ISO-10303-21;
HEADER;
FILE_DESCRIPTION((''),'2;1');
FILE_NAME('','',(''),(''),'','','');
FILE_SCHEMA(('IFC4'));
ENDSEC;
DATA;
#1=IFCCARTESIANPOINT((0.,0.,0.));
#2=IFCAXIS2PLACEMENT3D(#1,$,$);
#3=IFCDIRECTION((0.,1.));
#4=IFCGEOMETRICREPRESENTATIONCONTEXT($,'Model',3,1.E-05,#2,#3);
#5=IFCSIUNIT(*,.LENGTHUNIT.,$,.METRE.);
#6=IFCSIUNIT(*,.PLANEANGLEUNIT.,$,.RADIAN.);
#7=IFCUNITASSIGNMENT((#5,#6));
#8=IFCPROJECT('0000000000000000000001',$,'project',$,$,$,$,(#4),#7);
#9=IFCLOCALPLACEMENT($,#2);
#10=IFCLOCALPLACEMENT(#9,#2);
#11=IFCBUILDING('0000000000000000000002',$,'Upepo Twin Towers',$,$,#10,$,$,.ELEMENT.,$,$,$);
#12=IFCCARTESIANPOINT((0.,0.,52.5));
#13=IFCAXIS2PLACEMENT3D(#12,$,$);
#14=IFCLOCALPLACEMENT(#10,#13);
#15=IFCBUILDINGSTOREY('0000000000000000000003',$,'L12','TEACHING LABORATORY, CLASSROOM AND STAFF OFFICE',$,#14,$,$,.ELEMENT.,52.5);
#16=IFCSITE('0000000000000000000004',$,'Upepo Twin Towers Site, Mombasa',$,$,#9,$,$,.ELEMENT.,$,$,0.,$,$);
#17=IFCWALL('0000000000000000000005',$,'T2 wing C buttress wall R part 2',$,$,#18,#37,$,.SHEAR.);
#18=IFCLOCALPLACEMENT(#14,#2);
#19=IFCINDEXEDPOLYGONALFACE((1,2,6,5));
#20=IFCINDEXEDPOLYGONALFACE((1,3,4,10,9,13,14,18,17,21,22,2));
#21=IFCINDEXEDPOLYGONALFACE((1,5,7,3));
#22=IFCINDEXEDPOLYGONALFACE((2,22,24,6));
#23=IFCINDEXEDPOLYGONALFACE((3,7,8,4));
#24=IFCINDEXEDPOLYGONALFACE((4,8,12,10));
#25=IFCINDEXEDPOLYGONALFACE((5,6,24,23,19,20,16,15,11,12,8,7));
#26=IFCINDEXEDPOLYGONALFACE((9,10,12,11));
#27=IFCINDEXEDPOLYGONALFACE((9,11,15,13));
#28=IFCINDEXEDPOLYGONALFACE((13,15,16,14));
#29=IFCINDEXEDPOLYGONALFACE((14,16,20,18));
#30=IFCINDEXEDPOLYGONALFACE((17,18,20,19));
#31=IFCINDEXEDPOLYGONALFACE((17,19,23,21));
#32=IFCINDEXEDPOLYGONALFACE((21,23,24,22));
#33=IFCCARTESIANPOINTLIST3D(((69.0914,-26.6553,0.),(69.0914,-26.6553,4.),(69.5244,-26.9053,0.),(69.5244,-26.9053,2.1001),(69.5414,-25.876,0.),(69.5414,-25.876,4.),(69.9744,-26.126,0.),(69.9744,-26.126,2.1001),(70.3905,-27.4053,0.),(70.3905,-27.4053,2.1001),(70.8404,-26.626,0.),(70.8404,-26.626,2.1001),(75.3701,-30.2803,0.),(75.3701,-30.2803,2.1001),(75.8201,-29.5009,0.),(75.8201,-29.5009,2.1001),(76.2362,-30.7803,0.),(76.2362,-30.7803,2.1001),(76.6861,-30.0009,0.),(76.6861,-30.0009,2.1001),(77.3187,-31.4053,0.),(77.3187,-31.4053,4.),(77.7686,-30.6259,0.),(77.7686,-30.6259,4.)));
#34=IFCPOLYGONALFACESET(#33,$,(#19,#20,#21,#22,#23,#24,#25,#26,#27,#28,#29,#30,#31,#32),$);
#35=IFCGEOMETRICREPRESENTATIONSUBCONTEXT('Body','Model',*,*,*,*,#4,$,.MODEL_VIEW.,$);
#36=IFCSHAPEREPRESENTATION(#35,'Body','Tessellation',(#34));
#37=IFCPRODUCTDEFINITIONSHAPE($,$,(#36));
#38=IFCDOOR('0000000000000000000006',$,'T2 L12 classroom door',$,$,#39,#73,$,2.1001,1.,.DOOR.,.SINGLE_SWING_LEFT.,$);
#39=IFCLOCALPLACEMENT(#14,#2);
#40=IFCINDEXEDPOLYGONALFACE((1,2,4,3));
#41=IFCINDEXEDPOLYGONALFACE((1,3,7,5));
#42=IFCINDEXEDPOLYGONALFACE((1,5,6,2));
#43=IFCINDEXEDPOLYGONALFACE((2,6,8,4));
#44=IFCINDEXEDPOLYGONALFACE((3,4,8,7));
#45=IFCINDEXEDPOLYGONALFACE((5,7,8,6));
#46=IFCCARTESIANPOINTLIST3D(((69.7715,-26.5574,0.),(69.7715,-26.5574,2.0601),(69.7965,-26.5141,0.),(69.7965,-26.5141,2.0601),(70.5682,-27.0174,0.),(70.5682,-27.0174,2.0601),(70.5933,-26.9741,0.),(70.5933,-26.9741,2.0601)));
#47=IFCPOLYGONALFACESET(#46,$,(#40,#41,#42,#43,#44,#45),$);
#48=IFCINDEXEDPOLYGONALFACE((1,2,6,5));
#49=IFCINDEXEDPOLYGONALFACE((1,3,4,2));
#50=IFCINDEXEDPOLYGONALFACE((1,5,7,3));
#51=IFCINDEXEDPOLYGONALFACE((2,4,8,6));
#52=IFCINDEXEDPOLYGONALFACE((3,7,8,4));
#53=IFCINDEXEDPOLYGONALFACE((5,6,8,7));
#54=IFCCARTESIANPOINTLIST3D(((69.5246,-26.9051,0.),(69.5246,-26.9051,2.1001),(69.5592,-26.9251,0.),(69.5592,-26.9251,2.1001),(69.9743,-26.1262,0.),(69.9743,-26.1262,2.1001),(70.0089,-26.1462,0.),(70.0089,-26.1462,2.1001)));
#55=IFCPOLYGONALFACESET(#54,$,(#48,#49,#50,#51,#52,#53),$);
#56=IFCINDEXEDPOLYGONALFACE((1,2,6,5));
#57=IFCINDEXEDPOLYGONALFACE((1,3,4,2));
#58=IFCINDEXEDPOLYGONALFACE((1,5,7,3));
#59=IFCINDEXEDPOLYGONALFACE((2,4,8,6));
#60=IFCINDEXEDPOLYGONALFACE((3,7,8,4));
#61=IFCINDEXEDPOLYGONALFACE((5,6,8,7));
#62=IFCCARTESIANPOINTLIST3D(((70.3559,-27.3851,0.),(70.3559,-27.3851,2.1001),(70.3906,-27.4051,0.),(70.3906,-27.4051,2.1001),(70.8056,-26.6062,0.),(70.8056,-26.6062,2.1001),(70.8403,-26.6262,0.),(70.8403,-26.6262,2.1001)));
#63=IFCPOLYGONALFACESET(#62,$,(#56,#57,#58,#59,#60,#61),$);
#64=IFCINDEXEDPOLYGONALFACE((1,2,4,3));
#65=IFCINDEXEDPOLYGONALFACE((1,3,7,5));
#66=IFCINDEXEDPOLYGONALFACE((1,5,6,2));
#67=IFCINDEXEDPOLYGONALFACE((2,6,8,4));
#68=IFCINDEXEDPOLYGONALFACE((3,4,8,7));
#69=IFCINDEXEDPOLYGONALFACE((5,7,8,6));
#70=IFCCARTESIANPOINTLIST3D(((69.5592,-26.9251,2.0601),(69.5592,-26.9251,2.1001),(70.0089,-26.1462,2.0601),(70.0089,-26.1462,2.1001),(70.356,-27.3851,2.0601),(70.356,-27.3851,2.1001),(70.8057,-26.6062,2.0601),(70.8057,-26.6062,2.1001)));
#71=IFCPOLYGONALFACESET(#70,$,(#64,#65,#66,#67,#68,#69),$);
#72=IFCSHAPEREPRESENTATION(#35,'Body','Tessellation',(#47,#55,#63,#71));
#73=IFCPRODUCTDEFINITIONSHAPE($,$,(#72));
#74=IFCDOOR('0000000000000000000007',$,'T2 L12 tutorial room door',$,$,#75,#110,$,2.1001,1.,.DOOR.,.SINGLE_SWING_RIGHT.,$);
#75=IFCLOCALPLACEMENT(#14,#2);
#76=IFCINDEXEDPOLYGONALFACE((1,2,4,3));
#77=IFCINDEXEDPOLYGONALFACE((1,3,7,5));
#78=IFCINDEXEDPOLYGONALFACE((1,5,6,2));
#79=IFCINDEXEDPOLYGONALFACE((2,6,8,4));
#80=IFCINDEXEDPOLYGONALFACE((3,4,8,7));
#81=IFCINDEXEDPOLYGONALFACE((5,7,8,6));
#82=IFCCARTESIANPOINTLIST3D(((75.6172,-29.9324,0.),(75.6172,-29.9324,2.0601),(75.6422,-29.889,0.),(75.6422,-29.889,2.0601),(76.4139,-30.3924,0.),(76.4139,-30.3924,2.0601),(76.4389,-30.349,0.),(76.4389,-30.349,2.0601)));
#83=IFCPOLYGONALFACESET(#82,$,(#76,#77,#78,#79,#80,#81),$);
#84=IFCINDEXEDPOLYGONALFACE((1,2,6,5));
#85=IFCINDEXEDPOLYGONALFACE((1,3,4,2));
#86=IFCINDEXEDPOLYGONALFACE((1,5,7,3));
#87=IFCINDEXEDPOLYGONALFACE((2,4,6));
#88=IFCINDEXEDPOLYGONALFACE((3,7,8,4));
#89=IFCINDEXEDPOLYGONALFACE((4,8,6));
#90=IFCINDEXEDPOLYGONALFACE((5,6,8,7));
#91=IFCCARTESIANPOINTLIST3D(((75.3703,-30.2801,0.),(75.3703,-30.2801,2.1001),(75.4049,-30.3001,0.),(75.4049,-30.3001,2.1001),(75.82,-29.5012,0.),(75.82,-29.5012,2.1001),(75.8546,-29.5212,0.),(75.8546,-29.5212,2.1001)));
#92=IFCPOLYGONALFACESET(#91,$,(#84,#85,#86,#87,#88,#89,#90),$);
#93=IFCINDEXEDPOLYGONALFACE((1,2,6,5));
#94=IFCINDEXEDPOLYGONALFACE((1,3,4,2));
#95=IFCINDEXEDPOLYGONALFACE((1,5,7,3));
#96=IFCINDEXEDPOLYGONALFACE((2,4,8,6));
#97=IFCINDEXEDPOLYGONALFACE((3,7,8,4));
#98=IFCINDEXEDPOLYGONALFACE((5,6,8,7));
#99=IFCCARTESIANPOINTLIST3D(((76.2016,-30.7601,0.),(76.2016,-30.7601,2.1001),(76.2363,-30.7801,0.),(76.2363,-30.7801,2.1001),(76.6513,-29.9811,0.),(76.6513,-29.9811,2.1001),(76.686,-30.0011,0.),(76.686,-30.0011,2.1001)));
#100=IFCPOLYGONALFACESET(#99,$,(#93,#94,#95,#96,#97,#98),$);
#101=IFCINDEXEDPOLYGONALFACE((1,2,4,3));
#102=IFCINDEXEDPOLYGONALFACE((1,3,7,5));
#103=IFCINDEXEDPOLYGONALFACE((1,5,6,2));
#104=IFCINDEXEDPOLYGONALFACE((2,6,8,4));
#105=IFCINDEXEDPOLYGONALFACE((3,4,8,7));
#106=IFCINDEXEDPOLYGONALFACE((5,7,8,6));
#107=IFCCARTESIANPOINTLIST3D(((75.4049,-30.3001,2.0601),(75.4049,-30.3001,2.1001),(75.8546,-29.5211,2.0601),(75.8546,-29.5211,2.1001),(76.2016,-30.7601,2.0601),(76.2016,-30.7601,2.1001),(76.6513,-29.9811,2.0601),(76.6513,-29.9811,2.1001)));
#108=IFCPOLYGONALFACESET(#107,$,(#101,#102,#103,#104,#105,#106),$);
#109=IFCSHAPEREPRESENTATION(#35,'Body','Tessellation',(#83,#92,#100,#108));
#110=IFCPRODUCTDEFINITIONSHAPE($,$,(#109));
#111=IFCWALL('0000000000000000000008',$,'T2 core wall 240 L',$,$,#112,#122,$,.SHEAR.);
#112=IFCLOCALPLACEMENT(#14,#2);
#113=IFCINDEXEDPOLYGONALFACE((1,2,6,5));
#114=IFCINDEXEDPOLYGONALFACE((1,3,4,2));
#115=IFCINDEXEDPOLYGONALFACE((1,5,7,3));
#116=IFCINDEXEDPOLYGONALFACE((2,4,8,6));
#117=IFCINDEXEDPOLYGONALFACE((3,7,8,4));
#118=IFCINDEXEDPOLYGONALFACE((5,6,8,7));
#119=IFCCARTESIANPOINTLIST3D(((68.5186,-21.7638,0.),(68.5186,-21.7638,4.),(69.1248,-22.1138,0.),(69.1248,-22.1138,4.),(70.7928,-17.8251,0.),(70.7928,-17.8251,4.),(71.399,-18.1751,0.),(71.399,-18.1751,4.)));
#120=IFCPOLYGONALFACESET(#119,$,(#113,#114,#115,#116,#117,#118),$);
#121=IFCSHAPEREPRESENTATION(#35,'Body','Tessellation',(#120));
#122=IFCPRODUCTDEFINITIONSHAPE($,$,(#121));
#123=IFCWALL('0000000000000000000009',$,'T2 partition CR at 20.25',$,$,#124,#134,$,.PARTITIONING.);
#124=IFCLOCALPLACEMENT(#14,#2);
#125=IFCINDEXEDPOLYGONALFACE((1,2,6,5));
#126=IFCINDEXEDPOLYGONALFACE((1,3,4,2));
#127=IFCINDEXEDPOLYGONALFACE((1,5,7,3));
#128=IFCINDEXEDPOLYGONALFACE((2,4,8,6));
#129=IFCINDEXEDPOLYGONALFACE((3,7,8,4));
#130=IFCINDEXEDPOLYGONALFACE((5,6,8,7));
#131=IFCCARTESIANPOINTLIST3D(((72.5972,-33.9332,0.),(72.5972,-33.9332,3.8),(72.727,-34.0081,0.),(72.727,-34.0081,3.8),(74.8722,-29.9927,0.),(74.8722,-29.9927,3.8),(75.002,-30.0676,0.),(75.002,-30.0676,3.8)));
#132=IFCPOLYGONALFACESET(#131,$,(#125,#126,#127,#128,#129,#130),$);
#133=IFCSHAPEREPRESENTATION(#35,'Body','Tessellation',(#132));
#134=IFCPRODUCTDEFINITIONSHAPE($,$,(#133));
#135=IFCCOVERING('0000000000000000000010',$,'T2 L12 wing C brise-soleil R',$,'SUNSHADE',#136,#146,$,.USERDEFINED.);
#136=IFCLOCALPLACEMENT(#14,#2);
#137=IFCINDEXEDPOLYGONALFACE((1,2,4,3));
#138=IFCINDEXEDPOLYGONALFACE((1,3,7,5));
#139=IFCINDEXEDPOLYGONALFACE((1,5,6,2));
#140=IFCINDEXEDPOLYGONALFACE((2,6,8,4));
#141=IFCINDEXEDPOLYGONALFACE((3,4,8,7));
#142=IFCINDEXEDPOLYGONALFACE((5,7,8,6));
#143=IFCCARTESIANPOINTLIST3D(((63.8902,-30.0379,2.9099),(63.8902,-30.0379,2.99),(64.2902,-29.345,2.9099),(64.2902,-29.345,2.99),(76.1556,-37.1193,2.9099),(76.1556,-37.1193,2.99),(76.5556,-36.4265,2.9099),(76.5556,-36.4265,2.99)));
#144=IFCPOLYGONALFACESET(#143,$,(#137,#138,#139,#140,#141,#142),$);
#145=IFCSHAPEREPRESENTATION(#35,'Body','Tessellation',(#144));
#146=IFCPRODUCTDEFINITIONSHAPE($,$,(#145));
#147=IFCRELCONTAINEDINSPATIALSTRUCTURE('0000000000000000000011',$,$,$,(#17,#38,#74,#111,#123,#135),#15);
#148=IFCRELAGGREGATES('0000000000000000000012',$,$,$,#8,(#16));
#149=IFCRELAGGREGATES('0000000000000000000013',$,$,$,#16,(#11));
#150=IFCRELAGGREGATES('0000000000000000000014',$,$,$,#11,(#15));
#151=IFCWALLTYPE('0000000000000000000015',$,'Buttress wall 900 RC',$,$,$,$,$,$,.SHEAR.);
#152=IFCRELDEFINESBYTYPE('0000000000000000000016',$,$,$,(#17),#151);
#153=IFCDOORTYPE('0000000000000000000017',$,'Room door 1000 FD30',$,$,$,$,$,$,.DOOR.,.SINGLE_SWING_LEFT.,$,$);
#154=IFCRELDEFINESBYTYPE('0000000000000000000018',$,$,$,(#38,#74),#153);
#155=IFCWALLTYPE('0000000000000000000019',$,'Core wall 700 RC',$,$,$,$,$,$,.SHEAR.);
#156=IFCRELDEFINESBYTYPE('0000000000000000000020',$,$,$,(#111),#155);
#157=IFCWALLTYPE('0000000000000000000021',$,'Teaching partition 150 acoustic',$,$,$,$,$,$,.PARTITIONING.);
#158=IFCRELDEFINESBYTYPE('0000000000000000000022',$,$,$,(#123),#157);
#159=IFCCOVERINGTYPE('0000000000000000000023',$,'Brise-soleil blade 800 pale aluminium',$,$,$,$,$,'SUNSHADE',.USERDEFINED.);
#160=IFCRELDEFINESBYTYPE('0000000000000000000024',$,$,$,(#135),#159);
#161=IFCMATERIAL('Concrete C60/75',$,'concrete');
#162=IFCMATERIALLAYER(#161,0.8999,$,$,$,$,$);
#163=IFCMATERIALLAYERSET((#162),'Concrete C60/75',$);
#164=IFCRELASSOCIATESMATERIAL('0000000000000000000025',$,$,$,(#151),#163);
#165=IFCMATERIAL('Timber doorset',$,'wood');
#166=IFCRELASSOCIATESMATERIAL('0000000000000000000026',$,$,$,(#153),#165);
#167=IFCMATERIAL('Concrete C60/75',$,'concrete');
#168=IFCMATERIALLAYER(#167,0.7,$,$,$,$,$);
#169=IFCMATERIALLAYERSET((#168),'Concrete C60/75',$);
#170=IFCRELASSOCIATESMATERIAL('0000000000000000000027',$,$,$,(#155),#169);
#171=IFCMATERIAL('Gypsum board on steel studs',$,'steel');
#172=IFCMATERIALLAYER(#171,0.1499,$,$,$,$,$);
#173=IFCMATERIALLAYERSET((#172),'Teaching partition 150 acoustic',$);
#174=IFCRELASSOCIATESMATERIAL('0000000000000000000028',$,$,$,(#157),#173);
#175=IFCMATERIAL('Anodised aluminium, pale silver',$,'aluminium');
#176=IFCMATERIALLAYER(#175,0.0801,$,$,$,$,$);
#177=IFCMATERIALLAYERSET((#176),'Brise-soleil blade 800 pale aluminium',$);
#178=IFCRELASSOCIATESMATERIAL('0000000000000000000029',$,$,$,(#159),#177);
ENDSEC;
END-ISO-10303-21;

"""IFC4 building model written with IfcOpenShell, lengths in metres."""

from ifc_helpers import new_model, si_unit, direction, frame, frame_2d, origin, origin_2d, place, context, subcontext, project, spatial, rectangle, extrude, material, layer, layer_set, type_object, element, fill, save


model = new_model("IFC4")

# Units and contexts
model_context = context("Model", 3, precision=1e-05, world=origin(), true_north=direction((0.0, 1.0)))
body_context = subcontext(model_context, "Body", "Model", "MODEL_VIEW")
ifc_project = project(units=[si_unit("LENGTHUNIT", "METRE"), si_unit("PLANEANGLEUNIT", "RADIAN")], contexts=[model_context])

# Site, building, storey
site_placement = place(None, origin())
site = spatial("IfcSite", under=ifc_project, at=site_placement, Name="Upepo Twin Towers Site, Mombasa", CompositionType="ELEMENT", RefElevation=0.0)
building_placement = place(site_placement, origin())
building = spatial("IfcBuilding", under=site, at=building_placement, Name="Upepo Twin Towers", CompositionType="ELEMENT")
storey_placement = place(building_placement, frame((0.0, 0.0, 52.5)))
storey = spatial("IfcBuildingStorey", under=building, at=storey_placement, Name="L12", Description="TEACHING LABORATORY, CLASSROOM AND STAFF OFFICE", CompositionType="ELEMENT", Elevation=52.5)

# Wall, openings, doors
ifc_material_1 = material(Name="Concrete C60/75", Category="concrete")
ifc_layer_1 = layer(ifc_material_1, 0.8999)
ifc_layer_set_1 = layer_set([ifc_layer_1], Name="Concrete C60/75")
wall_type_1 = type_object("IfcWallType", Name="Buttress wall 900 RC", PredefinedType="SHEAR", material=ifc_layer_set_1)
ifc_material_2 = material(Name="Timber doorset", Category="wood")
door_type = type_object("IfcDoorType", Name="Room door 1000 FD30", OperationType="SINGLE_SWING_LEFT", PredefinedType="DOOR", material=ifc_material_2)
wall_1_placement = place(storey_placement, frame((69.3164, -26.2656, 0.0), z_axis=(0.0, 0.0, 1.0), x_axis=(0.866027, -0.499998, 0.0)))
wall_1 = element("IfcWall", 1, at=wall_1_placement, inside=storey, type_object=wall_type_1, Name="T2 wing C buttress wall R part 2", PredefinedType="SHEAR", context=body_context, shape_type="SweptSolid", body=[
    extrude(rectangle(XDim=9.5, YDim=0.8999, at=frame_2d((4.75, 0.0))), origin(), (0.0, 0.0, 1.0), 4.0),
])
opening_1_placement = place(wall_1_placement, frame((0.5, 0.0, 0.0)))
opening_1 = element("IfcOpeningElement", 2, at=opening_1_placement, cuts=wall_1, PredefinedType="OPENING", context=body_context, shape_type="SweptSolid", body=[
    extrude(rectangle(XDim=1.0, YDim=2.1001, at=frame_2d((0.5, 1.05))), frame((0.0, 0.46, 0.0), z_axis=(0.0, -1.0, 0.0), x_axis=(1.0, 0.0, 0.0)), (0.0, 0.0, 1.0), 0.9199),
])
opening_2_placement = place(wall_1_placement, frame((7.25, 0.0, 0.0)))
opening_2 = element("IfcOpeningElement", 3, at=opening_2_placement, cuts=wall_1, PredefinedType="OPENING", context=body_context, shape_type="SweptSolid", body=[
    extrude(rectangle(XDim=1.0, YDim=2.1001, at=frame_2d((0.5, 1.05))), frame((0.0, 0.46, 0.0), z_axis=(0.0, -1.0, 0.0), x_axis=(1.0, 0.0, 0.0)), (0.0, 0.0, 1.0), 0.9199),
])
door_1_placement = place(opening_1_placement, origin())
door_1 = element("IfcDoor", 4, at=door_1_placement, inside=storey, type_object=door_type, Name="T2 L12 classroom door", OperationType="SINGLE_SWING_LEFT", OverallHeight=2.1001, OverallWidth=1.0, PredefinedType="DOOR", context=body_context, shape_type="SweptSolid", body=[
    extrude(rectangle(XDim=0.92, YDim=2.0601, at=frame_2d((0.5, 1.03))), frame((0.0, 0.0249, 0.0), z_axis=(0.0, -1.0, 0.0), x_axis=(1.0, 0.0, 0.0)), (0.0, 0.0, 1.0), 0.05),
    extrude(rectangle(XDim=0.04, YDim=2.1001, at=frame_2d((0.02, 1.05))), frame((0.0, 0.4497, 0.0), z_axis=(0.0, -1.0, 0.0), x_axis=(1.0, 0.0, 0.0)), (0.0, 0.0, 1.0), 0.8994),
    extrude(rectangle(XDim=0.04, YDim=2.1001, at=frame_2d((0.98, 1.05))), frame((0.0, 0.4497, 0.0), z_axis=(0.0, -1.0, 0.0), x_axis=(1.0, 0.0, 0.0)), (0.0, 0.0, 1.0), 0.8994),
    extrude(rectangle(XDim=0.92, YDim=0.04, at=frame_2d((0.5, 2.0801))), frame((0.0, 0.4497, 0.0), z_axis=(0.0, -1.0, 0.0), x_axis=(1.0, 0.0, 0.0)), (0.0, 0.0, 1.0), 0.8994),
])
fill(opening_1, door_1)
door_2_placement = place(opening_2_placement, origin())
door_2 = element("IfcDoor", 5, at=door_2_placement, inside=storey, type_object=door_type, Name="T2 L12 tutorial room door", OperationType="SINGLE_SWING_RIGHT", OverallHeight=2.1001, OverallWidth=1.0, PredefinedType="DOOR", context=body_context, shape_type="SweptSolid", body=[
    extrude(rectangle(XDim=0.92, YDim=2.0601, at=frame_2d((0.5, 1.03))), frame((0.0, 0.0249, 0.0), z_axis=(0.0, -1.0, 0.0), x_axis=(1.0, 0.0, 0.0)), (0.0, 0.0, 1.0), 0.05),
    extrude(rectangle(XDim=0.04, YDim=2.1001, at=frame_2d((0.02, 1.05))), frame((0.0, 0.4497, 0.0), z_axis=(0.0, -1.0, 0.0), x_axis=(1.0, 0.0, 0.0)), (0.0, 0.0, 1.0), 0.8994),
    extrude(rectangle(XDim=0.04, YDim=2.1001, at=frame_2d((0.98, 1.05))), frame((0.0, 0.4497, 0.0), z_axis=(0.0, -1.0, 0.0), x_axis=(1.0, 0.0, 0.0)), (0.0, 0.0, 1.0), 0.8994),
    extrude(rectangle(XDim=0.92, YDim=0.04, at=frame_2d((0.5, 2.0801))), frame((0.0, 0.4497, 0.0), z_axis=(0.0, -1.0, 0.0), x_axis=(1.0, 0.0, 0.0)), (0.0, 0.0, 1.0), 0.8994),
])
fill(opening_2, door_2)

# Walls
ifc_material_3 = material(Name="Concrete C60/75", Category="concrete")
ifc_layer_2 = layer(ifc_material_3, 0.7)
ifc_layer_set_2 = layer_set([ifc_layer_2], Name="Concrete C60/75")
wall_type_2 = type_object("IfcWallType", Name="Core wall 700 RC", PredefinedType="SHEAR", material=ifc_layer_set_2)
wall_2_placement = place(storey_placement, frame((68.8218, -21.9387, 0.0), z_axis=(0.0, 0.0, 1.0), x_axis=(0.500024, 0.866011, 0.0)))
element("IfcWall", 6, at=wall_2_placement, inside=storey, type_object=wall_type_2, Name="T2 core wall 240 L", PredefinedType="SHEAR", context=body_context, shape_type="SweptSolid", body=[
    extrude(rectangle(XDim=4.5481, YDim=0.7, at=frame_2d((2.2739, 0.0))), origin(), (0.0, 0.0, 1.0), 4.0),
])
ifc_material_4 = material(Name="Gypsum board on steel studs", Category="steel")
ifc_layer_3 = layer(ifc_material_4, 0.1499)
ifc_layer_set_3 = layer_set([ifc_layer_3], Name="Teaching partition 150 acoustic")
wall_type_3 = type_object("IfcWallType", Name="Teaching partition 150 acoustic", PredefinedType="PARTITIONING", material=ifc_layer_set_3)
wall_3_placement = place(storey_placement, frame((74.937, -30.0303, 0.0), z_axis=(0.0, 0.0, 1.0), x_axis=(-0.499983, -0.866035, 0.0)))
element("IfcWall", 7, at=wall_3_placement, inside=storey, type_object=wall_type_3, Name="T2 partition CR at 20.25", PredefinedType="PARTITIONING", context=body_context, shape_type="SweptSolid", body=[
    extrude(rectangle(XDim=4.55, YDim=0.1499, at=frame_2d((2.2749, 0.0))), origin(), (0.0, 0.0, 1.0), 3.8),
])

# Covering
ifc_material_5 = material(Name="Anodised aluminium, pale silver", Category="aluminium")
ifc_layer_4 = layer(ifc_material_5, 0.0801)
ifc_layer_set_4 = layer_set([ifc_layer_4], Name="Brise-soleil blade 800 pale aluminium")
covering_type = type_object("IfcCoveringType", Name="Brise-soleil blade 800 pale aluminium", ElementType="SUNSHADE", PredefinedType="USERDEFINED", material=ifc_layer_set_4)
covering_placement = place(storey_placement, frame((70.2229, -33.2322, 2.9099), z_axis=(0.0, 0.0, 1.0), x_axis=(0.866025, -0.5, 0.0)))
element("IfcCovering", 8, at=covering_placement, inside=storey, type_object=covering_type, Name="T2 L12 wing C brise-soleil R", ObjectType="SUNSHADE", PredefinedType="USERDEFINED", context=body_context, shape_type="SweptSolid", body=[
    extrude(rectangle(XDim=14.1628, YDim=0.8, at=origin_2d()), origin(), (0.0, 0.0, 1.0), 0.0801),
])

save(model, "model.ifc")
